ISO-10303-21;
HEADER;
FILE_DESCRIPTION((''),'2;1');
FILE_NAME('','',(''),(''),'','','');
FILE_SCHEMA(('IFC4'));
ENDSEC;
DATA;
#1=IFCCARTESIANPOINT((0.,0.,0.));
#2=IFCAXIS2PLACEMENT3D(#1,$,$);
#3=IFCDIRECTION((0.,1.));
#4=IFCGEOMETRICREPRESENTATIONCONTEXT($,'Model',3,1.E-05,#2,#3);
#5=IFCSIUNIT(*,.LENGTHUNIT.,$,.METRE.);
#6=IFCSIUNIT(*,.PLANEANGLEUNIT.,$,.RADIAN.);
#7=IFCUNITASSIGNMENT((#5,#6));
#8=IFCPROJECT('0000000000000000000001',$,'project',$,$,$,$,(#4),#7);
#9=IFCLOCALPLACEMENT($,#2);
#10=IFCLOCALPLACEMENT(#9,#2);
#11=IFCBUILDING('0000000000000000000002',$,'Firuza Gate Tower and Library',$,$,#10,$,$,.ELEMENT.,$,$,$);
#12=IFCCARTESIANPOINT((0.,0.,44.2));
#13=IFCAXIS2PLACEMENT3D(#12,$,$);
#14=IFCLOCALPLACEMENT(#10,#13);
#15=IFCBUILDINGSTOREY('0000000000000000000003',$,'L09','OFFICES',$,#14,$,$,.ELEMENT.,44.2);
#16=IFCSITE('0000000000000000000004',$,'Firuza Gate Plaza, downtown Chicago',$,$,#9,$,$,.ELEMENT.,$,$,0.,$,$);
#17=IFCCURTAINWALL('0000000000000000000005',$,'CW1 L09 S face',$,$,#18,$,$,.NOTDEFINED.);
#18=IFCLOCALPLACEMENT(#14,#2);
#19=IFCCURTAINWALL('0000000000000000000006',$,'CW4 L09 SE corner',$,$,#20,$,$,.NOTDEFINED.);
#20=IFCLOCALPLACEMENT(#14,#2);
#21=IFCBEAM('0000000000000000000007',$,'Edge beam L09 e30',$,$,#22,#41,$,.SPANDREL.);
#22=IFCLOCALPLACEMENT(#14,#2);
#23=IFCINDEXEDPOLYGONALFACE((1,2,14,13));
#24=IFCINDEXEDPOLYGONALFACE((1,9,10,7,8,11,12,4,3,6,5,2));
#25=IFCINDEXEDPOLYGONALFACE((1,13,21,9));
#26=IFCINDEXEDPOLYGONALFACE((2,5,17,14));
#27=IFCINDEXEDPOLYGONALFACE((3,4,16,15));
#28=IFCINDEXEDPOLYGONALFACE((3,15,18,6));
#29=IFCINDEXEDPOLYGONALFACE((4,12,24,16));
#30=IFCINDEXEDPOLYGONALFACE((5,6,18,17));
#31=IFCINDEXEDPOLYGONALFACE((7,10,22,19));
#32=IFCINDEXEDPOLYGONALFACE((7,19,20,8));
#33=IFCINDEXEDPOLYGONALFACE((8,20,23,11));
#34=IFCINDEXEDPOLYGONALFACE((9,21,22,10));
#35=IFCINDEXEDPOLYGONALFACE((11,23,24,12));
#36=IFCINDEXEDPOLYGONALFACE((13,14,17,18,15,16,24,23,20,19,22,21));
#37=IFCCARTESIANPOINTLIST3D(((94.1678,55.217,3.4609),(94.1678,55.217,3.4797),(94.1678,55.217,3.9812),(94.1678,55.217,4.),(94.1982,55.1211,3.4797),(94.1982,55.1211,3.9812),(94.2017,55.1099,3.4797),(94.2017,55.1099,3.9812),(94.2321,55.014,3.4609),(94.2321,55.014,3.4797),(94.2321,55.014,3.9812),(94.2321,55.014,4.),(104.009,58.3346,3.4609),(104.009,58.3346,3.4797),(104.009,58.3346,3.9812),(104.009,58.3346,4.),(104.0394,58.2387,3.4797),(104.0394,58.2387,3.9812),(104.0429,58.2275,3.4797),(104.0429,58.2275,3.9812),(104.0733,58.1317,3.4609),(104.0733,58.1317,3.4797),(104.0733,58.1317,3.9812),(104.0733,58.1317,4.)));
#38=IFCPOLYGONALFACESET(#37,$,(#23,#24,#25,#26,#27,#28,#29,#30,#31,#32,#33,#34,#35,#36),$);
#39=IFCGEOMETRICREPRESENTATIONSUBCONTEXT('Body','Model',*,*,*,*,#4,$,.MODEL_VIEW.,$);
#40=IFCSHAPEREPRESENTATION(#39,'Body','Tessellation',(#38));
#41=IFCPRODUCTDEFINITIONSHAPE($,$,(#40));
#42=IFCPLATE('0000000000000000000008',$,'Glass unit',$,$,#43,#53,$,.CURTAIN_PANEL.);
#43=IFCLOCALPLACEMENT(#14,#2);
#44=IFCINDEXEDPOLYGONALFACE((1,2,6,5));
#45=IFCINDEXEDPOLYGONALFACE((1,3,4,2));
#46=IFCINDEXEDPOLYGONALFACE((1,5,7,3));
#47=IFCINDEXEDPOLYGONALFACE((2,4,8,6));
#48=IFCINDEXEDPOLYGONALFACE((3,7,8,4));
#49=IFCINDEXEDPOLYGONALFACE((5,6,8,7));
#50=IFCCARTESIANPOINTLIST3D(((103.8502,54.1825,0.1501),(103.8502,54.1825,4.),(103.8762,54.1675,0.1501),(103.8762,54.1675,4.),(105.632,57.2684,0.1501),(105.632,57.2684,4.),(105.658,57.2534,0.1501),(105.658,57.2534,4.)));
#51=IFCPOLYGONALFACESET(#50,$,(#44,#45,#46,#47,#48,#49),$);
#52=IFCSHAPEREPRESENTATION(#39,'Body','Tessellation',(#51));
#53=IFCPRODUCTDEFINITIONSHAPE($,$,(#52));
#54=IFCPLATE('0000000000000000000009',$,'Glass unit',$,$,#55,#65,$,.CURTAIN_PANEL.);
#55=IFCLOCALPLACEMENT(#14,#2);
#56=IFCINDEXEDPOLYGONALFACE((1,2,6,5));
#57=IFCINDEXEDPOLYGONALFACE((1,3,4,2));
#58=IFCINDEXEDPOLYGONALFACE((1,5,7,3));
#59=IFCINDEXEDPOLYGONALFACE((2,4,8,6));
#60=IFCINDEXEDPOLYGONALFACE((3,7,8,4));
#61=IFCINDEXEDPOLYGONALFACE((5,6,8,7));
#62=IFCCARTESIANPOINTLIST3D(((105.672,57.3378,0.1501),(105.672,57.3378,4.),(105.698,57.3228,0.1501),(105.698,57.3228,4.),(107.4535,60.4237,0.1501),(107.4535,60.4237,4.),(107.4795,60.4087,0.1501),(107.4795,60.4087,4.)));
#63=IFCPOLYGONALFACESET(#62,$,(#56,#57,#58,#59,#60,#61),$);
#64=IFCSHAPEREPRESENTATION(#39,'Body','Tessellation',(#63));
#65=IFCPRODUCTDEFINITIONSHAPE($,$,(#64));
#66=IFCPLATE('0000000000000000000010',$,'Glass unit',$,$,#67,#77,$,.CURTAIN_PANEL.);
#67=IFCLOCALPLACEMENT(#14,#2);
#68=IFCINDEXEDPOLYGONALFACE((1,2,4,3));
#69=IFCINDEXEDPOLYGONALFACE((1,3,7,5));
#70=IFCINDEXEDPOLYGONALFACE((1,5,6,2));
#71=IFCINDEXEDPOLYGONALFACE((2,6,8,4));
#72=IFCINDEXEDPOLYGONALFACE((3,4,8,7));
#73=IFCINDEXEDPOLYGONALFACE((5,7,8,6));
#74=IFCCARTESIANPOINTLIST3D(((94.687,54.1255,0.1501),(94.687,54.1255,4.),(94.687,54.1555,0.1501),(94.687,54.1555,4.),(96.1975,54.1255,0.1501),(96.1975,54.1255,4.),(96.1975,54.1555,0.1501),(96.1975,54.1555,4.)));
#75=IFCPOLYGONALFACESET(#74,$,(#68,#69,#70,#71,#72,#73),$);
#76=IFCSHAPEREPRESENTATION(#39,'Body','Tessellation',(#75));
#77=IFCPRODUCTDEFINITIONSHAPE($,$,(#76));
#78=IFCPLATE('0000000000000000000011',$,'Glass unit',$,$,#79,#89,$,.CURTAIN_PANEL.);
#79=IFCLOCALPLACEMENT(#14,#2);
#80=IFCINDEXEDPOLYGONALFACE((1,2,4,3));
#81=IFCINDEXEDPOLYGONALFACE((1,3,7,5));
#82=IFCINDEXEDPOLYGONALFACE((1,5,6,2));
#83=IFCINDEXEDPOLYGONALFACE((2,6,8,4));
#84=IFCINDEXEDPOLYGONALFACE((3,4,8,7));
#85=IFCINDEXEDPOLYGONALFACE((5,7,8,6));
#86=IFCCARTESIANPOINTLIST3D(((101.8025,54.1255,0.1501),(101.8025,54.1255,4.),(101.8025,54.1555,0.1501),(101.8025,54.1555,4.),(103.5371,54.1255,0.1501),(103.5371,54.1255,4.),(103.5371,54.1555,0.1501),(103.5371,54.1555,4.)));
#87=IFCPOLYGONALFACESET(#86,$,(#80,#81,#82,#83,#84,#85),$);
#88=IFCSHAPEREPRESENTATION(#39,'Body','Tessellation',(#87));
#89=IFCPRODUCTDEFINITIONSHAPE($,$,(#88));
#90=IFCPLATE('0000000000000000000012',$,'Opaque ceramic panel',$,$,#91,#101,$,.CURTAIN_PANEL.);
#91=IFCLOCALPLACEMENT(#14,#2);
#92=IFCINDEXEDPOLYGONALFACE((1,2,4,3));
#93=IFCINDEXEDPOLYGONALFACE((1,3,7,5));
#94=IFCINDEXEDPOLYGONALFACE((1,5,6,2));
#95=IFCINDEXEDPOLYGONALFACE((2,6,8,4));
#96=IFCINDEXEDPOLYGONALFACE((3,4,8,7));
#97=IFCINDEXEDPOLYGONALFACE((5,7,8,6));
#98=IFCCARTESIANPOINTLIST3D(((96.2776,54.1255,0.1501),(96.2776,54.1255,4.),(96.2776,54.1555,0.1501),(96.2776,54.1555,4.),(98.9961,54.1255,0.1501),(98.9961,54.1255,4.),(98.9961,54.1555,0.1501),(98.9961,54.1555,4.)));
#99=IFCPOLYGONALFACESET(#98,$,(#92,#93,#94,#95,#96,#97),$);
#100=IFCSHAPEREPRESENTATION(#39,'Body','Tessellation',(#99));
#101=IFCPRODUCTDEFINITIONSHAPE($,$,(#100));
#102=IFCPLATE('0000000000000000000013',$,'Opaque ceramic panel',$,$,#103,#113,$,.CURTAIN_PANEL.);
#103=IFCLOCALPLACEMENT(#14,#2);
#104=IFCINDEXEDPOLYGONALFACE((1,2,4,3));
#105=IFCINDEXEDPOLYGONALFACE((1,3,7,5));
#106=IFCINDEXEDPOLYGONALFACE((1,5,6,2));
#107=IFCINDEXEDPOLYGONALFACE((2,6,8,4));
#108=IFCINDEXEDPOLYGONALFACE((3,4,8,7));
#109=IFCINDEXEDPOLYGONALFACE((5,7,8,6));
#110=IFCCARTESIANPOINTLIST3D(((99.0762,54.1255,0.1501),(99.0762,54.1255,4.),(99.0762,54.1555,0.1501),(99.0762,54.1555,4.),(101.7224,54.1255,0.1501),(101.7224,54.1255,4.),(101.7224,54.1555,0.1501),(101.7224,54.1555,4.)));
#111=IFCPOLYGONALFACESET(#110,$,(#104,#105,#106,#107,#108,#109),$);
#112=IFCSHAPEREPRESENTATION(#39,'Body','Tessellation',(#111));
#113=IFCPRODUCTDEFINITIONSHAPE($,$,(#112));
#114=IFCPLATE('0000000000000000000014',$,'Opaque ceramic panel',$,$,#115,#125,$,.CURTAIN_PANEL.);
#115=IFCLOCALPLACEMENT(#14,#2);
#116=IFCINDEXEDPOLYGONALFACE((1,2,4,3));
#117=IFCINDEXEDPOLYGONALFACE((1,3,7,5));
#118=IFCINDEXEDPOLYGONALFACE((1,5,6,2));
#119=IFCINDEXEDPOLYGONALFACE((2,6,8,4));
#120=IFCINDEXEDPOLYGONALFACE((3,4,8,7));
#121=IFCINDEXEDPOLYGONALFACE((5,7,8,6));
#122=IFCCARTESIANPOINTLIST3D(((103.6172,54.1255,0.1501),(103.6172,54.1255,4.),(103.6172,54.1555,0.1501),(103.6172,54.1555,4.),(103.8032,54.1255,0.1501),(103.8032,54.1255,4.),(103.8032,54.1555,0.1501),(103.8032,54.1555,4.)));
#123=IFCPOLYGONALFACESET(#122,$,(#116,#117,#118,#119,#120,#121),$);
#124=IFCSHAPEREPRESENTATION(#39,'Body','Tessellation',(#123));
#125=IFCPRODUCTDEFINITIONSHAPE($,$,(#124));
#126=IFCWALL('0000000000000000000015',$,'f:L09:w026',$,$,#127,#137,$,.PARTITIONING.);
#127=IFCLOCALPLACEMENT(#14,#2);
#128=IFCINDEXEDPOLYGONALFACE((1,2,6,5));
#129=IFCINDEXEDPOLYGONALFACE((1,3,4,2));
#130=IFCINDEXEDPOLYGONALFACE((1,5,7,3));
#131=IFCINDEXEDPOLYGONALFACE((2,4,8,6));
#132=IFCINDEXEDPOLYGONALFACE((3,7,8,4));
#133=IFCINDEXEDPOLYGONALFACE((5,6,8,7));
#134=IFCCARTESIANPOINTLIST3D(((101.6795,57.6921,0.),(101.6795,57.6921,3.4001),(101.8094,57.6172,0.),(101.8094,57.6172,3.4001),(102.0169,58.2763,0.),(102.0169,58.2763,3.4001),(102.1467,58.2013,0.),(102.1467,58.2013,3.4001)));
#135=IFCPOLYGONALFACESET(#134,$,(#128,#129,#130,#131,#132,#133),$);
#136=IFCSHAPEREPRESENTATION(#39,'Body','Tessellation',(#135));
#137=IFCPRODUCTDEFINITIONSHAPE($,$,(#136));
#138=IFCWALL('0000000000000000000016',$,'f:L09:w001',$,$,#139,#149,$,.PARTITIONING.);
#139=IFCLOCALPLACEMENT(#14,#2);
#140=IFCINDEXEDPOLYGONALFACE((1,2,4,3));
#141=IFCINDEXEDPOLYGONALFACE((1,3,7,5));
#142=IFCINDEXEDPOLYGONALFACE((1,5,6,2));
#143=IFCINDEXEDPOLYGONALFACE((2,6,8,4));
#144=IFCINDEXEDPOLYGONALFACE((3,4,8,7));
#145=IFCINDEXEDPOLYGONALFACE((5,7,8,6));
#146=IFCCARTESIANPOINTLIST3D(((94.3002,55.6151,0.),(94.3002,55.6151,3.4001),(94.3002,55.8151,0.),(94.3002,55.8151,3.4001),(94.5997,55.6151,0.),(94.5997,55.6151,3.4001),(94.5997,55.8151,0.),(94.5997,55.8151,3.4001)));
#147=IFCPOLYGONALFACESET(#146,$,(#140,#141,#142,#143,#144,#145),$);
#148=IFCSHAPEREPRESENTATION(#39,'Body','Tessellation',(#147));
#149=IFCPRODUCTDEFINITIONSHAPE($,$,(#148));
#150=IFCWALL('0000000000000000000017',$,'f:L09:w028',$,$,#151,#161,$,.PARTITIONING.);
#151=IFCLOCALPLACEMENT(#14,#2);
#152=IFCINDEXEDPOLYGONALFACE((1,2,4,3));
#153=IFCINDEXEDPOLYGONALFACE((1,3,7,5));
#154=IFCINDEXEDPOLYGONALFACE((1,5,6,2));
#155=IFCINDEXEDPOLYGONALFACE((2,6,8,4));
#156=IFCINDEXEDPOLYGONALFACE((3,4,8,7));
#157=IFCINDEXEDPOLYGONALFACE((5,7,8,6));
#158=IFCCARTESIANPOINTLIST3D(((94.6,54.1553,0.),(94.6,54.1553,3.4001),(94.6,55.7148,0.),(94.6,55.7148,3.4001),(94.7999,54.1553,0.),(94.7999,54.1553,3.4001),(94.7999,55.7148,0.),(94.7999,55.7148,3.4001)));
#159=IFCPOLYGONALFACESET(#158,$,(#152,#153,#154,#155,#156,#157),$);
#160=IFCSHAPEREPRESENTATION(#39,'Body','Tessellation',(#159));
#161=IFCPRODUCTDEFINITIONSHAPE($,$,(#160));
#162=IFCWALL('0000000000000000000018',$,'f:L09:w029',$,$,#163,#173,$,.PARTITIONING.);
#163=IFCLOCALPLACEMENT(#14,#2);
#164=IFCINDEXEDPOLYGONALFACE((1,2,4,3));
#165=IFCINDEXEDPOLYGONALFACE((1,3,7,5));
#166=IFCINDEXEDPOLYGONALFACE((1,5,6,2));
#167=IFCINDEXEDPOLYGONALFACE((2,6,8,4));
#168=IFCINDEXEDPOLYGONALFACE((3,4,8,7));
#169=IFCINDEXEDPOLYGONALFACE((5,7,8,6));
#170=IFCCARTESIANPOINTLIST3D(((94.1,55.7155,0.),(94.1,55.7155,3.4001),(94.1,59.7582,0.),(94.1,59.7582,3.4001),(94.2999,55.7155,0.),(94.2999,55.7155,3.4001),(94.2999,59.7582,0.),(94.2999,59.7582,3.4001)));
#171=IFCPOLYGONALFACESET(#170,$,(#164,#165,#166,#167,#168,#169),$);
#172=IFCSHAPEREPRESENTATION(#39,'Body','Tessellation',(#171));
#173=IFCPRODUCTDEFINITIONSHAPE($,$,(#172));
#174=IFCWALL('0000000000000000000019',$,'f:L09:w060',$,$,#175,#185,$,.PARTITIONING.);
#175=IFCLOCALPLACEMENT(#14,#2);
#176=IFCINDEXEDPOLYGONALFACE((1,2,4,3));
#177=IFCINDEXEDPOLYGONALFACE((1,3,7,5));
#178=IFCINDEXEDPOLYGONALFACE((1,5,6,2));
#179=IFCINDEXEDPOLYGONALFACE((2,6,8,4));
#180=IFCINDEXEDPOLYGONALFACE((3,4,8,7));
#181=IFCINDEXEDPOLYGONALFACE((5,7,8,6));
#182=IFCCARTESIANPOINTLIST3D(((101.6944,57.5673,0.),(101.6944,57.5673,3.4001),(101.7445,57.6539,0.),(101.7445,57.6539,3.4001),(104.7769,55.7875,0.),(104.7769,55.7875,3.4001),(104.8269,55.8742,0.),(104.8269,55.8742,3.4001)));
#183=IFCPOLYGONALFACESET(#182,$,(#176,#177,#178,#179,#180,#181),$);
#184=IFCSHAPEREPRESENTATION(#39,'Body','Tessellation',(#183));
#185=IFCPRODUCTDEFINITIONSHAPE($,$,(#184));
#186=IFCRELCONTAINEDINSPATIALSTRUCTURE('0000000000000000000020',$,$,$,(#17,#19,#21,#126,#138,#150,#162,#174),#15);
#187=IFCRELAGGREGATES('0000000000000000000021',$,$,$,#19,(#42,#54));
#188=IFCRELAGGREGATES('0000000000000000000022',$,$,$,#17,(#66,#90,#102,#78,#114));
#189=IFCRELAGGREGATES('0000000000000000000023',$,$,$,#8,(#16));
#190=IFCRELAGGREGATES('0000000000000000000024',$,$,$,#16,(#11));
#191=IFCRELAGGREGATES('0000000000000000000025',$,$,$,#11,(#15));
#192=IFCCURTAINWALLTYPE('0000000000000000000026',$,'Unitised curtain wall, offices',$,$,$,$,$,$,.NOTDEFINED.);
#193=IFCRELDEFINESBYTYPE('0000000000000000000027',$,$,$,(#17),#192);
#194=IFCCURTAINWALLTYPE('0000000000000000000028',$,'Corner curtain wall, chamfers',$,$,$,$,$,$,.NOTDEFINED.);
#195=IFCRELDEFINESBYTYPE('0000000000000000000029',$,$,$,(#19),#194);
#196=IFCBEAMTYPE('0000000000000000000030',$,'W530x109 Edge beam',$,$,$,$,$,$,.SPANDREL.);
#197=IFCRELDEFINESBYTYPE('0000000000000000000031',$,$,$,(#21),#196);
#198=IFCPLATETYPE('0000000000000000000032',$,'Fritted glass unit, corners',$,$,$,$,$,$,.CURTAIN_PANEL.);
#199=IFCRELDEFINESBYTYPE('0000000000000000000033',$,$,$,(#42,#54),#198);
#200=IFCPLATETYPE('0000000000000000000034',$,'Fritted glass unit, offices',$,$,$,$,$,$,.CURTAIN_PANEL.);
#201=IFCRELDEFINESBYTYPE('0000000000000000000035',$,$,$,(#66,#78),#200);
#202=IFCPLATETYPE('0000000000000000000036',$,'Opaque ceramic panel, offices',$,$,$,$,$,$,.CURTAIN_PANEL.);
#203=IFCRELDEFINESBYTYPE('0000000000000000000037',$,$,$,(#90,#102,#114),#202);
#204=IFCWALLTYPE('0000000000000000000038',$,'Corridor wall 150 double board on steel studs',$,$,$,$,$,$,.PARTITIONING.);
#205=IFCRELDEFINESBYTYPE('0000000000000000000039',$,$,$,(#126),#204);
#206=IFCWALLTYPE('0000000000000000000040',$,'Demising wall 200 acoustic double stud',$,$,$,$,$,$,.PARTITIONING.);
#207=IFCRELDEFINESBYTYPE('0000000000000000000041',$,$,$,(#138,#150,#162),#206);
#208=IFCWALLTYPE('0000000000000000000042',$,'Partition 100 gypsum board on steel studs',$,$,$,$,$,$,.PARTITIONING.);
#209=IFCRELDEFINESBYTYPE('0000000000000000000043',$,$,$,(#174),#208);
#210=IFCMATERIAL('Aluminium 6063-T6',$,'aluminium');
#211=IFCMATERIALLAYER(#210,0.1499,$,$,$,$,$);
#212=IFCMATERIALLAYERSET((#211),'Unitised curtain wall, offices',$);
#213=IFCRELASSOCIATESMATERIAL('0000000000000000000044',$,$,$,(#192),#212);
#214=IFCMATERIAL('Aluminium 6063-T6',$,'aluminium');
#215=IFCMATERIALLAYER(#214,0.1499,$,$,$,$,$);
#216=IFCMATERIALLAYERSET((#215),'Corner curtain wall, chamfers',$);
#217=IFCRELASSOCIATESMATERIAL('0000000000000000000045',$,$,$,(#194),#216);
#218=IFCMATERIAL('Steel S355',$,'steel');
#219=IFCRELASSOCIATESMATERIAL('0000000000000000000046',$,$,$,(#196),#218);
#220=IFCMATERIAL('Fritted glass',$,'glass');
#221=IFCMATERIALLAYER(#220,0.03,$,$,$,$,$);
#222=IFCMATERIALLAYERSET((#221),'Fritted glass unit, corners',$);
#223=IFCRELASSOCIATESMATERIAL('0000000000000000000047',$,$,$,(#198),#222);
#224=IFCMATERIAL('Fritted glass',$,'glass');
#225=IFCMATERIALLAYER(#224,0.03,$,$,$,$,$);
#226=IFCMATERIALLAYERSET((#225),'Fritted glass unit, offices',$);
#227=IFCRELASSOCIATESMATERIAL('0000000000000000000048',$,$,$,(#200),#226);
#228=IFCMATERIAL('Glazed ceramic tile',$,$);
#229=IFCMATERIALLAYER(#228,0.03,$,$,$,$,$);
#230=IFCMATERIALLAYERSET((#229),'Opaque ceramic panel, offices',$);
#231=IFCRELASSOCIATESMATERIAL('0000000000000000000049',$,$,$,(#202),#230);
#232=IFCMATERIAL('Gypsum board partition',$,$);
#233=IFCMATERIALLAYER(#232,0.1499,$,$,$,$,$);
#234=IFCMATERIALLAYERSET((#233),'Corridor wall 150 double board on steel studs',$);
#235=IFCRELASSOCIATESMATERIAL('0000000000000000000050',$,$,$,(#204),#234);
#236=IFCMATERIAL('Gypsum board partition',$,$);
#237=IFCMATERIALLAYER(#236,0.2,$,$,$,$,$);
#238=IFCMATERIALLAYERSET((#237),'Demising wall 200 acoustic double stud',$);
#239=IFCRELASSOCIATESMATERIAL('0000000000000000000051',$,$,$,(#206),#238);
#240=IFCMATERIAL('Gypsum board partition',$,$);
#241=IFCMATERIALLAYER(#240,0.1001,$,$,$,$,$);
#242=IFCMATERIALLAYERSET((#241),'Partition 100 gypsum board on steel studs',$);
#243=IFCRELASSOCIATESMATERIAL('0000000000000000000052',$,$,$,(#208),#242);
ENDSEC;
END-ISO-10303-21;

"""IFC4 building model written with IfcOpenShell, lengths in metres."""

from ifc_helpers import new_model, si_unit, direction, frame, frame_2d, origin, origin_2d, place, context, subcontext, project, spatial, polyline, rectangle, i_section, outline, extrude, material, layer, layer_set, material_profile, profile_set, type_object, element, aggregate, save


model = new_model("IFC4")

# Units and contexts
model_context = context("Model", 3, precision=1e-05, world=origin(), true_north=direction((0.0, 1.0)))
body_context = subcontext(model_context, "Body", "Model", "MODEL_VIEW")
ifc_project = project(units=[si_unit("LENGTHUNIT", "METRE"), si_unit("PLANEANGLEUNIT", "RADIAN")], contexts=[model_context])

# Site, building, storey
site_placement = place(None, origin())
site = spatial("IfcSite", under=ifc_project, at=site_placement, Name="Firuza Gate Plaza, downtown Chicago", CompositionType="ELEMENT", RefElevation=0.0)
building_placement = place(site_placement, origin())
building = spatial("IfcBuilding", under=site, at=building_placement, Name="Firuza Gate Tower and Library", CompositionType="ELEMENT")
storey_placement = place(building_placement, frame((0.0, 0.0, 44.2)))
storey = spatial("IfcBuildingStorey", under=building, at=storey_placement, Name="L09", Description="OFFICES", CompositionType="ELEMENT", Elevation=44.2)

# Curtain walls
ifc_material_1 = material(Name="Aluminium 6063-T6", Category="aluminium")
ifc_layer_1 = layer(ifc_material_1, 0.1499)
ifc_layer_set_1 = layer_set([ifc_layer_1], Name="Unitised curtain wall, offices")
curtain_wall_type_1 = type_object("IfcCurtainWallType", Name="Unitised curtain wall, offices", PredefinedType="NOTDEFINED", material=ifc_layer_set_1)
placement = place(storey_placement, origin())
curtain_wall_1 = element("IfcCurtainWall", 1, at=placement, inside=storey, type_object=curtain_wall_type_1, Name="CW1 L09 S face", PredefinedType="NOTDEFINED")
ifc_material_2 = material(Name="Aluminium 6063-T6", Category="aluminium")
ifc_layer_2 = layer(ifc_material_2, 0.1499)
ifc_layer_set_2 = layer_set([ifc_layer_2], Name="Corner curtain wall, chamfers")
curtain_wall_type_2 = type_object("IfcCurtainWallType", Name="Corner curtain wall, chamfers", PredefinedType="NOTDEFINED", material=ifc_layer_set_2)
curtain_wall_2 = element("IfcCurtainWall", 2, at=placement, inside=storey, type_object=curtain_wall_type_2, Name="CW4 L09 SE corner", PredefinedType="NOTDEFINED")

# Beam
ifc_material_3 = material(Name="Steel S355", Category="steel")
ifc_material_profile_1 = material_profile(ifc_material_3, i_section(OverallWidth=0.2129, OverallDepth=0.5391, WebThickness=0.0117, FlangeThickness=0.0188, at=origin_2d()))
ifc_profile_set_1 = profile_set([ifc_material_profile_1], Name="Steel S355")
beam_type_1 = type_object("IfcBeamType", Name="W530x109 Edge beam", PredefinedType="SPANDREL", material=ifc_profile_set_1)
beam_1_placement = place(storey_placement, frame((94.2, 55.1155, 3.7305), z_axis=(0.953307, 0.302003, 0.0), x_axis=(-0.302003, 0.953307, 0.0)))
element("IfcBeam", 3, at=beam_1_placement, inside=storey, type_object=beam_type_1, Name="Edge beam L09 e30", PredefinedType="SPANDREL", context=body_context, shape_type="SweptSolid", body=[
    extrude(i_section(OverallWidth=0.2129, OverallDepth=0.5391, WebThickness=0.0117, FlangeThickness=0.0188, at=origin_2d()), origin(), (0.0, 0.0, 1.0), 10.3232),
])

# Plates
ifc_material_4 = material(Name="Fritted glass", Category="glass")
ifc_layer_3 = layer(ifc_material_4, 0.03)
ifc_layer_set_3 = layer_set([ifc_layer_3], Name="Fritted glass unit, corners")
plate_type_1 = type_object("IfcPlateType", Name="Fritted glass unit, corners", PredefinedType="CURTAIN_PANEL", material=ifc_layer_set_3)
plate_1_placement = place(storey_placement, frame((103.8762, 54.1675, 0.1501), z_axis=(0.866017, -0.500015, 0.0), x_axis=(0.500015, 0.866017, 0.0)))
plate_1 = element("IfcPlate", 4, at=plate_1_placement, type_object=plate_type_1, Name="Glass unit", PredefinedType="CURTAIN_PANEL", context=body_context, shape_type="SweptSolid", body=[
    extrude(outline(polyline([(0.0, 0.0), (3.5634, 0.0), (3.5634, 3.8499), (0.0, 3.8499), (0.0, 0.0)])), origin(), (0.0, 0.0, -1.0), 0.03),
])
plate_2_placement = place(storey_placement, frame((105.698, 57.3228, 0.1501), z_axis=(0.866046, -0.499964, 0.0), x_axis=(0.499964, 0.866046, 0.0)))
plate_2 = element("IfcPlate", 5, at=plate_2_placement, type_object=plate_type_1, Name="Glass unit", PredefinedType="CURTAIN_PANEL", context=body_context, shape_type="SweptSolid", body=[
    extrude(outline(polyline([(0.0, 0.0), (3.5632, 0.0), (3.5632, 3.8499), (0.0, 3.8499), (0.0, 0.0)])), origin(), (0.0, 0.0, -1.0), 0.03),
])
aggregate(curtain_wall_2, [plate_1, plate_2])
ifc_material_5 = material(Name="Fritted glass", Category="glass")
ifc_layer_4 = layer(ifc_material_5, 0.03)
ifc_layer_set_4 = layer_set([ifc_layer_4], Name="Fritted glass unit, offices")
plate_type_2 = type_object("IfcPlateType", Name="Fritted glass unit, offices", PredefinedType="CURTAIN_PANEL", material=ifc_layer_set_4)
plate_3_placement = place(storey_placement, frame((94.687, 54.1255, 0.1501), z_axis=(0.0, -1.0, 0.0), x_axis=(1.0, 0.0, 0.0)))
plate_3 = element("IfcPlate", 6, at=plate_3_placement, type_object=plate_type_2, Name="Glass unit", PredefinedType="CURTAIN_PANEL", context=body_context, shape_type="SweptSolid", body=[
    extrude(outline(polyline([(0.0, 0.0), (1.5105, 0.0), (1.5105, 3.8499), (0.0, 3.8499), (0.0, 0.0)])), origin(), (0.0, 0.0, -1.0), 0.03),
])
plate_4_placement = place(storey_placement, frame((101.8025, 54.1255, 0.1501), z_axis=(0.0, -1.0, 0.0), x_axis=(1.0, 0.0, 0.0)))
plate_4 = element("IfcPlate", 7, at=plate_4_placement, type_object=plate_type_2, Name="Glass unit", PredefinedType="CURTAIN_PANEL", context=body_context, shape_type="SweptSolid", body=[
    extrude(outline(polyline([(0.0, 0.0), (1.7346, 0.0), (1.7346, 3.8499), (0.0, 3.8499), (0.0, 0.0)])), origin(), (0.0, 0.0, -1.0), 0.03),
])
ifc_material_6 = material(Name="Glazed ceramic tile")
ifc_layer_5 = layer(ifc_material_6, 0.03)
ifc_layer_set_5 = layer_set([ifc_layer_5], Name="Opaque ceramic panel, offices")
plate_type_3 = type_object("IfcPlateType", Name="Opaque ceramic panel, offices", PredefinedType="CURTAIN_PANEL", material=ifc_layer_set_5)
plate_5_placement = place(storey_placement, frame((96.2776, 54.1255, 0.1501), z_axis=(0.0, -1.0, 0.0), x_axis=(1.0, 0.0, 0.0)))
plate_5 = element("IfcPlate", 8, at=plate_5_placement, type_object=plate_type_3, Name="Opaque ceramic panel", PredefinedType="CURTAIN_PANEL", context=body_context, shape_type="SweptSolid", body=[
    extrude(outline(polyline([(0.0, 0.0), (2.7185, 0.0), (2.7185, 3.8499), (0.0, 3.8499), (0.0, 0.0)])), origin(), (0.0, 0.0, -1.0), 0.03),
])
plate_6_placement = place(storey_placement, frame((99.0762, 54.1255, 0.1501), z_axis=(0.0, -1.0, 0.0), x_axis=(1.0, 0.0, 0.0)))
plate_6 = element("IfcPlate", 9, at=plate_6_placement, type_object=plate_type_3, Name="Opaque ceramic panel", PredefinedType="CURTAIN_PANEL", context=body_context, shape_type="SweptSolid", body=[
    extrude(outline(polyline([(0.0, 0.0), (2.6462, 0.0), (2.6462, 3.8499), (0.0, 3.8499), (0.0, 0.0)])), origin(), (0.0, 0.0, -1.0), 0.03),
])
plate_7_placement = place(storey_placement, frame((103.6172, 54.1255, 0.1501), z_axis=(0.0, -1.0, 0.0), x_axis=(1.0, 0.0, 0.0)))
plate_7 = element("IfcPlate", 10, at=plate_7_placement, type_object=plate_type_3, Name="Opaque ceramic panel", PredefinedType="CURTAIN_PANEL", context=body_context, shape_type="SweptSolid", body=[
    extrude(outline(polyline([(0.0, 0.0), (0.186, 0.0), (0.186, 3.8499), (0.0, 3.8499), (0.0, 0.0)])), origin(), (0.0, 0.0, -1.0), 0.03),
])
aggregate(curtain_wall_1, [plate_3, plate_5, plate_6, plate_4, plate_7])

# Walls
ifc_material_7 = material(Name="Gypsum board partition")
ifc_layer_6 = layer(ifc_material_7, 0.1499)
ifc_layer_set_6 = layer_set([ifc_layer_6], Name="Corridor wall 150 double board on steel studs")
wall_type_1 = type_object("IfcWallType", Name="Corridor wall 150 double board on steel studs", PredefinedType="PARTITIONING", material=ifc_layer_set_6)
wall_1_placement = place(storey_placement, frame((101.7444, 57.6545, 0.0), z_axis=(0.0, 0.0, 1.0), x_axis=(0.500109, 0.865963, 0.0)))
element("IfcWall", 11, at=wall_1_placement, inside=storey, type_object=wall_type_1, Name="f:L09:w026", PredefinedType="PARTITIONING", context=body_context, shape_type="SweptSolid", body=[
    extrude(rectangle(XDim=0.6746, YDim=0.1499, at=frame_2d((0.3374, 0.0))), origin(), (0.0, 0.0, 1.0), 3.4001),
])
ifc_material_8 = material(Name="Gypsum board partition")
ifc_layer_7 = layer(ifc_material_8, 0.2)
ifc_layer_set_7 = layer_set([ifc_layer_7], Name="Demising wall 200 acoustic double stud")
wall_type_2 = type_object("IfcWallType", Name="Demising wall 200 acoustic double stud", PredefinedType="PARTITIONING", material=ifc_layer_set_7)
wall_2_placement = place(storey_placement, frame((94.3, 55.7151, 0.0), z_axis=(0.0, 0.0, 1.0), x_axis=(1.0, 0.0, 0.0)))
element("IfcWall", 12, at=wall_2_placement, inside=storey, type_object=wall_type_2, Name="f:L09:w001", PredefinedType="PARTITIONING", context=body_context, shape_type="SweptSolid", body=[
    extrude(rectangle(XDim=0.2996, YDim=0.2, at=frame_2d((0.1499, 0.0))), origin(), (0.0, 0.0, 1.0), 3.4001),
])
wall_3_placement = place(storey_placement, frame((94.7, 54.1553, 0.0), z_axis=(0.0, 0.0, 1.0), x_axis=(0.0, 1.0, 0.0)))
element("IfcWall", 13, at=wall_3_placement, inside=storey, type_object=wall_type_2, Name="f:L09:w028", PredefinedType="PARTITIONING", context=body_context, shape_type="SweptSolid", body=[
    extrude(rectangle(XDim=1.5596, YDim=0.2, at=frame_2d((0.7798, 0.0))), origin(), (0.0, 0.0, 1.0), 3.4001),
])
wall_4_placement = place(storey_placement, frame((94.2, 55.7153, 0.0), z_axis=(0.0, 0.0, 1.0), x_axis=(0.0, 1.0, 0.0)))
element("IfcWall", 14, at=wall_4_placement, inside=storey, type_object=wall_type_2, Name="f:L09:w029", PredefinedType="PARTITIONING", context=body_context, shape_type="SweptSolid", body=[
    extrude(rectangle(XDim=4.0427, YDim=0.2, at=frame_2d((2.0215, 0.0))), origin(), (0.0, 0.0, 1.0), 3.4001),
])
ifc_material_9 = material(Name="Gypsum board partition")
ifc_layer_8 = layer(ifc_material_9, 0.1001)
ifc_layer_set_8 = layer_set([ifc_layer_8], Name="Partition 100 gypsum board on steel studs")
wall_type_3 = type_object("IfcWallType", Name="Partition 100 gypsum board on steel studs", PredefinedType="PARTITIONING", material=ifc_layer_set_8)
wall_5_placement = place(storey_placement, frame((104.802, 55.8308, 0.0), z_axis=(0.0, 0.0, 1.0), x_axis=(-0.866014, 0.500019, 0.0)))
element("IfcWall", 15, at=wall_5_placement, inside=storey, type_object=wall_type_3, Name="f:L09:w060", PredefinedType="PARTITIONING", context=body_context, shape_type="SweptSolid", body=[
    extrude(rectangle(XDim=3.5593, YDim=0.1001, at=frame_2d((1.7798, 0.0))), origin(), (0.0, 0.0, 1.0), 3.4001),
])

save(model, "model.ifc")
